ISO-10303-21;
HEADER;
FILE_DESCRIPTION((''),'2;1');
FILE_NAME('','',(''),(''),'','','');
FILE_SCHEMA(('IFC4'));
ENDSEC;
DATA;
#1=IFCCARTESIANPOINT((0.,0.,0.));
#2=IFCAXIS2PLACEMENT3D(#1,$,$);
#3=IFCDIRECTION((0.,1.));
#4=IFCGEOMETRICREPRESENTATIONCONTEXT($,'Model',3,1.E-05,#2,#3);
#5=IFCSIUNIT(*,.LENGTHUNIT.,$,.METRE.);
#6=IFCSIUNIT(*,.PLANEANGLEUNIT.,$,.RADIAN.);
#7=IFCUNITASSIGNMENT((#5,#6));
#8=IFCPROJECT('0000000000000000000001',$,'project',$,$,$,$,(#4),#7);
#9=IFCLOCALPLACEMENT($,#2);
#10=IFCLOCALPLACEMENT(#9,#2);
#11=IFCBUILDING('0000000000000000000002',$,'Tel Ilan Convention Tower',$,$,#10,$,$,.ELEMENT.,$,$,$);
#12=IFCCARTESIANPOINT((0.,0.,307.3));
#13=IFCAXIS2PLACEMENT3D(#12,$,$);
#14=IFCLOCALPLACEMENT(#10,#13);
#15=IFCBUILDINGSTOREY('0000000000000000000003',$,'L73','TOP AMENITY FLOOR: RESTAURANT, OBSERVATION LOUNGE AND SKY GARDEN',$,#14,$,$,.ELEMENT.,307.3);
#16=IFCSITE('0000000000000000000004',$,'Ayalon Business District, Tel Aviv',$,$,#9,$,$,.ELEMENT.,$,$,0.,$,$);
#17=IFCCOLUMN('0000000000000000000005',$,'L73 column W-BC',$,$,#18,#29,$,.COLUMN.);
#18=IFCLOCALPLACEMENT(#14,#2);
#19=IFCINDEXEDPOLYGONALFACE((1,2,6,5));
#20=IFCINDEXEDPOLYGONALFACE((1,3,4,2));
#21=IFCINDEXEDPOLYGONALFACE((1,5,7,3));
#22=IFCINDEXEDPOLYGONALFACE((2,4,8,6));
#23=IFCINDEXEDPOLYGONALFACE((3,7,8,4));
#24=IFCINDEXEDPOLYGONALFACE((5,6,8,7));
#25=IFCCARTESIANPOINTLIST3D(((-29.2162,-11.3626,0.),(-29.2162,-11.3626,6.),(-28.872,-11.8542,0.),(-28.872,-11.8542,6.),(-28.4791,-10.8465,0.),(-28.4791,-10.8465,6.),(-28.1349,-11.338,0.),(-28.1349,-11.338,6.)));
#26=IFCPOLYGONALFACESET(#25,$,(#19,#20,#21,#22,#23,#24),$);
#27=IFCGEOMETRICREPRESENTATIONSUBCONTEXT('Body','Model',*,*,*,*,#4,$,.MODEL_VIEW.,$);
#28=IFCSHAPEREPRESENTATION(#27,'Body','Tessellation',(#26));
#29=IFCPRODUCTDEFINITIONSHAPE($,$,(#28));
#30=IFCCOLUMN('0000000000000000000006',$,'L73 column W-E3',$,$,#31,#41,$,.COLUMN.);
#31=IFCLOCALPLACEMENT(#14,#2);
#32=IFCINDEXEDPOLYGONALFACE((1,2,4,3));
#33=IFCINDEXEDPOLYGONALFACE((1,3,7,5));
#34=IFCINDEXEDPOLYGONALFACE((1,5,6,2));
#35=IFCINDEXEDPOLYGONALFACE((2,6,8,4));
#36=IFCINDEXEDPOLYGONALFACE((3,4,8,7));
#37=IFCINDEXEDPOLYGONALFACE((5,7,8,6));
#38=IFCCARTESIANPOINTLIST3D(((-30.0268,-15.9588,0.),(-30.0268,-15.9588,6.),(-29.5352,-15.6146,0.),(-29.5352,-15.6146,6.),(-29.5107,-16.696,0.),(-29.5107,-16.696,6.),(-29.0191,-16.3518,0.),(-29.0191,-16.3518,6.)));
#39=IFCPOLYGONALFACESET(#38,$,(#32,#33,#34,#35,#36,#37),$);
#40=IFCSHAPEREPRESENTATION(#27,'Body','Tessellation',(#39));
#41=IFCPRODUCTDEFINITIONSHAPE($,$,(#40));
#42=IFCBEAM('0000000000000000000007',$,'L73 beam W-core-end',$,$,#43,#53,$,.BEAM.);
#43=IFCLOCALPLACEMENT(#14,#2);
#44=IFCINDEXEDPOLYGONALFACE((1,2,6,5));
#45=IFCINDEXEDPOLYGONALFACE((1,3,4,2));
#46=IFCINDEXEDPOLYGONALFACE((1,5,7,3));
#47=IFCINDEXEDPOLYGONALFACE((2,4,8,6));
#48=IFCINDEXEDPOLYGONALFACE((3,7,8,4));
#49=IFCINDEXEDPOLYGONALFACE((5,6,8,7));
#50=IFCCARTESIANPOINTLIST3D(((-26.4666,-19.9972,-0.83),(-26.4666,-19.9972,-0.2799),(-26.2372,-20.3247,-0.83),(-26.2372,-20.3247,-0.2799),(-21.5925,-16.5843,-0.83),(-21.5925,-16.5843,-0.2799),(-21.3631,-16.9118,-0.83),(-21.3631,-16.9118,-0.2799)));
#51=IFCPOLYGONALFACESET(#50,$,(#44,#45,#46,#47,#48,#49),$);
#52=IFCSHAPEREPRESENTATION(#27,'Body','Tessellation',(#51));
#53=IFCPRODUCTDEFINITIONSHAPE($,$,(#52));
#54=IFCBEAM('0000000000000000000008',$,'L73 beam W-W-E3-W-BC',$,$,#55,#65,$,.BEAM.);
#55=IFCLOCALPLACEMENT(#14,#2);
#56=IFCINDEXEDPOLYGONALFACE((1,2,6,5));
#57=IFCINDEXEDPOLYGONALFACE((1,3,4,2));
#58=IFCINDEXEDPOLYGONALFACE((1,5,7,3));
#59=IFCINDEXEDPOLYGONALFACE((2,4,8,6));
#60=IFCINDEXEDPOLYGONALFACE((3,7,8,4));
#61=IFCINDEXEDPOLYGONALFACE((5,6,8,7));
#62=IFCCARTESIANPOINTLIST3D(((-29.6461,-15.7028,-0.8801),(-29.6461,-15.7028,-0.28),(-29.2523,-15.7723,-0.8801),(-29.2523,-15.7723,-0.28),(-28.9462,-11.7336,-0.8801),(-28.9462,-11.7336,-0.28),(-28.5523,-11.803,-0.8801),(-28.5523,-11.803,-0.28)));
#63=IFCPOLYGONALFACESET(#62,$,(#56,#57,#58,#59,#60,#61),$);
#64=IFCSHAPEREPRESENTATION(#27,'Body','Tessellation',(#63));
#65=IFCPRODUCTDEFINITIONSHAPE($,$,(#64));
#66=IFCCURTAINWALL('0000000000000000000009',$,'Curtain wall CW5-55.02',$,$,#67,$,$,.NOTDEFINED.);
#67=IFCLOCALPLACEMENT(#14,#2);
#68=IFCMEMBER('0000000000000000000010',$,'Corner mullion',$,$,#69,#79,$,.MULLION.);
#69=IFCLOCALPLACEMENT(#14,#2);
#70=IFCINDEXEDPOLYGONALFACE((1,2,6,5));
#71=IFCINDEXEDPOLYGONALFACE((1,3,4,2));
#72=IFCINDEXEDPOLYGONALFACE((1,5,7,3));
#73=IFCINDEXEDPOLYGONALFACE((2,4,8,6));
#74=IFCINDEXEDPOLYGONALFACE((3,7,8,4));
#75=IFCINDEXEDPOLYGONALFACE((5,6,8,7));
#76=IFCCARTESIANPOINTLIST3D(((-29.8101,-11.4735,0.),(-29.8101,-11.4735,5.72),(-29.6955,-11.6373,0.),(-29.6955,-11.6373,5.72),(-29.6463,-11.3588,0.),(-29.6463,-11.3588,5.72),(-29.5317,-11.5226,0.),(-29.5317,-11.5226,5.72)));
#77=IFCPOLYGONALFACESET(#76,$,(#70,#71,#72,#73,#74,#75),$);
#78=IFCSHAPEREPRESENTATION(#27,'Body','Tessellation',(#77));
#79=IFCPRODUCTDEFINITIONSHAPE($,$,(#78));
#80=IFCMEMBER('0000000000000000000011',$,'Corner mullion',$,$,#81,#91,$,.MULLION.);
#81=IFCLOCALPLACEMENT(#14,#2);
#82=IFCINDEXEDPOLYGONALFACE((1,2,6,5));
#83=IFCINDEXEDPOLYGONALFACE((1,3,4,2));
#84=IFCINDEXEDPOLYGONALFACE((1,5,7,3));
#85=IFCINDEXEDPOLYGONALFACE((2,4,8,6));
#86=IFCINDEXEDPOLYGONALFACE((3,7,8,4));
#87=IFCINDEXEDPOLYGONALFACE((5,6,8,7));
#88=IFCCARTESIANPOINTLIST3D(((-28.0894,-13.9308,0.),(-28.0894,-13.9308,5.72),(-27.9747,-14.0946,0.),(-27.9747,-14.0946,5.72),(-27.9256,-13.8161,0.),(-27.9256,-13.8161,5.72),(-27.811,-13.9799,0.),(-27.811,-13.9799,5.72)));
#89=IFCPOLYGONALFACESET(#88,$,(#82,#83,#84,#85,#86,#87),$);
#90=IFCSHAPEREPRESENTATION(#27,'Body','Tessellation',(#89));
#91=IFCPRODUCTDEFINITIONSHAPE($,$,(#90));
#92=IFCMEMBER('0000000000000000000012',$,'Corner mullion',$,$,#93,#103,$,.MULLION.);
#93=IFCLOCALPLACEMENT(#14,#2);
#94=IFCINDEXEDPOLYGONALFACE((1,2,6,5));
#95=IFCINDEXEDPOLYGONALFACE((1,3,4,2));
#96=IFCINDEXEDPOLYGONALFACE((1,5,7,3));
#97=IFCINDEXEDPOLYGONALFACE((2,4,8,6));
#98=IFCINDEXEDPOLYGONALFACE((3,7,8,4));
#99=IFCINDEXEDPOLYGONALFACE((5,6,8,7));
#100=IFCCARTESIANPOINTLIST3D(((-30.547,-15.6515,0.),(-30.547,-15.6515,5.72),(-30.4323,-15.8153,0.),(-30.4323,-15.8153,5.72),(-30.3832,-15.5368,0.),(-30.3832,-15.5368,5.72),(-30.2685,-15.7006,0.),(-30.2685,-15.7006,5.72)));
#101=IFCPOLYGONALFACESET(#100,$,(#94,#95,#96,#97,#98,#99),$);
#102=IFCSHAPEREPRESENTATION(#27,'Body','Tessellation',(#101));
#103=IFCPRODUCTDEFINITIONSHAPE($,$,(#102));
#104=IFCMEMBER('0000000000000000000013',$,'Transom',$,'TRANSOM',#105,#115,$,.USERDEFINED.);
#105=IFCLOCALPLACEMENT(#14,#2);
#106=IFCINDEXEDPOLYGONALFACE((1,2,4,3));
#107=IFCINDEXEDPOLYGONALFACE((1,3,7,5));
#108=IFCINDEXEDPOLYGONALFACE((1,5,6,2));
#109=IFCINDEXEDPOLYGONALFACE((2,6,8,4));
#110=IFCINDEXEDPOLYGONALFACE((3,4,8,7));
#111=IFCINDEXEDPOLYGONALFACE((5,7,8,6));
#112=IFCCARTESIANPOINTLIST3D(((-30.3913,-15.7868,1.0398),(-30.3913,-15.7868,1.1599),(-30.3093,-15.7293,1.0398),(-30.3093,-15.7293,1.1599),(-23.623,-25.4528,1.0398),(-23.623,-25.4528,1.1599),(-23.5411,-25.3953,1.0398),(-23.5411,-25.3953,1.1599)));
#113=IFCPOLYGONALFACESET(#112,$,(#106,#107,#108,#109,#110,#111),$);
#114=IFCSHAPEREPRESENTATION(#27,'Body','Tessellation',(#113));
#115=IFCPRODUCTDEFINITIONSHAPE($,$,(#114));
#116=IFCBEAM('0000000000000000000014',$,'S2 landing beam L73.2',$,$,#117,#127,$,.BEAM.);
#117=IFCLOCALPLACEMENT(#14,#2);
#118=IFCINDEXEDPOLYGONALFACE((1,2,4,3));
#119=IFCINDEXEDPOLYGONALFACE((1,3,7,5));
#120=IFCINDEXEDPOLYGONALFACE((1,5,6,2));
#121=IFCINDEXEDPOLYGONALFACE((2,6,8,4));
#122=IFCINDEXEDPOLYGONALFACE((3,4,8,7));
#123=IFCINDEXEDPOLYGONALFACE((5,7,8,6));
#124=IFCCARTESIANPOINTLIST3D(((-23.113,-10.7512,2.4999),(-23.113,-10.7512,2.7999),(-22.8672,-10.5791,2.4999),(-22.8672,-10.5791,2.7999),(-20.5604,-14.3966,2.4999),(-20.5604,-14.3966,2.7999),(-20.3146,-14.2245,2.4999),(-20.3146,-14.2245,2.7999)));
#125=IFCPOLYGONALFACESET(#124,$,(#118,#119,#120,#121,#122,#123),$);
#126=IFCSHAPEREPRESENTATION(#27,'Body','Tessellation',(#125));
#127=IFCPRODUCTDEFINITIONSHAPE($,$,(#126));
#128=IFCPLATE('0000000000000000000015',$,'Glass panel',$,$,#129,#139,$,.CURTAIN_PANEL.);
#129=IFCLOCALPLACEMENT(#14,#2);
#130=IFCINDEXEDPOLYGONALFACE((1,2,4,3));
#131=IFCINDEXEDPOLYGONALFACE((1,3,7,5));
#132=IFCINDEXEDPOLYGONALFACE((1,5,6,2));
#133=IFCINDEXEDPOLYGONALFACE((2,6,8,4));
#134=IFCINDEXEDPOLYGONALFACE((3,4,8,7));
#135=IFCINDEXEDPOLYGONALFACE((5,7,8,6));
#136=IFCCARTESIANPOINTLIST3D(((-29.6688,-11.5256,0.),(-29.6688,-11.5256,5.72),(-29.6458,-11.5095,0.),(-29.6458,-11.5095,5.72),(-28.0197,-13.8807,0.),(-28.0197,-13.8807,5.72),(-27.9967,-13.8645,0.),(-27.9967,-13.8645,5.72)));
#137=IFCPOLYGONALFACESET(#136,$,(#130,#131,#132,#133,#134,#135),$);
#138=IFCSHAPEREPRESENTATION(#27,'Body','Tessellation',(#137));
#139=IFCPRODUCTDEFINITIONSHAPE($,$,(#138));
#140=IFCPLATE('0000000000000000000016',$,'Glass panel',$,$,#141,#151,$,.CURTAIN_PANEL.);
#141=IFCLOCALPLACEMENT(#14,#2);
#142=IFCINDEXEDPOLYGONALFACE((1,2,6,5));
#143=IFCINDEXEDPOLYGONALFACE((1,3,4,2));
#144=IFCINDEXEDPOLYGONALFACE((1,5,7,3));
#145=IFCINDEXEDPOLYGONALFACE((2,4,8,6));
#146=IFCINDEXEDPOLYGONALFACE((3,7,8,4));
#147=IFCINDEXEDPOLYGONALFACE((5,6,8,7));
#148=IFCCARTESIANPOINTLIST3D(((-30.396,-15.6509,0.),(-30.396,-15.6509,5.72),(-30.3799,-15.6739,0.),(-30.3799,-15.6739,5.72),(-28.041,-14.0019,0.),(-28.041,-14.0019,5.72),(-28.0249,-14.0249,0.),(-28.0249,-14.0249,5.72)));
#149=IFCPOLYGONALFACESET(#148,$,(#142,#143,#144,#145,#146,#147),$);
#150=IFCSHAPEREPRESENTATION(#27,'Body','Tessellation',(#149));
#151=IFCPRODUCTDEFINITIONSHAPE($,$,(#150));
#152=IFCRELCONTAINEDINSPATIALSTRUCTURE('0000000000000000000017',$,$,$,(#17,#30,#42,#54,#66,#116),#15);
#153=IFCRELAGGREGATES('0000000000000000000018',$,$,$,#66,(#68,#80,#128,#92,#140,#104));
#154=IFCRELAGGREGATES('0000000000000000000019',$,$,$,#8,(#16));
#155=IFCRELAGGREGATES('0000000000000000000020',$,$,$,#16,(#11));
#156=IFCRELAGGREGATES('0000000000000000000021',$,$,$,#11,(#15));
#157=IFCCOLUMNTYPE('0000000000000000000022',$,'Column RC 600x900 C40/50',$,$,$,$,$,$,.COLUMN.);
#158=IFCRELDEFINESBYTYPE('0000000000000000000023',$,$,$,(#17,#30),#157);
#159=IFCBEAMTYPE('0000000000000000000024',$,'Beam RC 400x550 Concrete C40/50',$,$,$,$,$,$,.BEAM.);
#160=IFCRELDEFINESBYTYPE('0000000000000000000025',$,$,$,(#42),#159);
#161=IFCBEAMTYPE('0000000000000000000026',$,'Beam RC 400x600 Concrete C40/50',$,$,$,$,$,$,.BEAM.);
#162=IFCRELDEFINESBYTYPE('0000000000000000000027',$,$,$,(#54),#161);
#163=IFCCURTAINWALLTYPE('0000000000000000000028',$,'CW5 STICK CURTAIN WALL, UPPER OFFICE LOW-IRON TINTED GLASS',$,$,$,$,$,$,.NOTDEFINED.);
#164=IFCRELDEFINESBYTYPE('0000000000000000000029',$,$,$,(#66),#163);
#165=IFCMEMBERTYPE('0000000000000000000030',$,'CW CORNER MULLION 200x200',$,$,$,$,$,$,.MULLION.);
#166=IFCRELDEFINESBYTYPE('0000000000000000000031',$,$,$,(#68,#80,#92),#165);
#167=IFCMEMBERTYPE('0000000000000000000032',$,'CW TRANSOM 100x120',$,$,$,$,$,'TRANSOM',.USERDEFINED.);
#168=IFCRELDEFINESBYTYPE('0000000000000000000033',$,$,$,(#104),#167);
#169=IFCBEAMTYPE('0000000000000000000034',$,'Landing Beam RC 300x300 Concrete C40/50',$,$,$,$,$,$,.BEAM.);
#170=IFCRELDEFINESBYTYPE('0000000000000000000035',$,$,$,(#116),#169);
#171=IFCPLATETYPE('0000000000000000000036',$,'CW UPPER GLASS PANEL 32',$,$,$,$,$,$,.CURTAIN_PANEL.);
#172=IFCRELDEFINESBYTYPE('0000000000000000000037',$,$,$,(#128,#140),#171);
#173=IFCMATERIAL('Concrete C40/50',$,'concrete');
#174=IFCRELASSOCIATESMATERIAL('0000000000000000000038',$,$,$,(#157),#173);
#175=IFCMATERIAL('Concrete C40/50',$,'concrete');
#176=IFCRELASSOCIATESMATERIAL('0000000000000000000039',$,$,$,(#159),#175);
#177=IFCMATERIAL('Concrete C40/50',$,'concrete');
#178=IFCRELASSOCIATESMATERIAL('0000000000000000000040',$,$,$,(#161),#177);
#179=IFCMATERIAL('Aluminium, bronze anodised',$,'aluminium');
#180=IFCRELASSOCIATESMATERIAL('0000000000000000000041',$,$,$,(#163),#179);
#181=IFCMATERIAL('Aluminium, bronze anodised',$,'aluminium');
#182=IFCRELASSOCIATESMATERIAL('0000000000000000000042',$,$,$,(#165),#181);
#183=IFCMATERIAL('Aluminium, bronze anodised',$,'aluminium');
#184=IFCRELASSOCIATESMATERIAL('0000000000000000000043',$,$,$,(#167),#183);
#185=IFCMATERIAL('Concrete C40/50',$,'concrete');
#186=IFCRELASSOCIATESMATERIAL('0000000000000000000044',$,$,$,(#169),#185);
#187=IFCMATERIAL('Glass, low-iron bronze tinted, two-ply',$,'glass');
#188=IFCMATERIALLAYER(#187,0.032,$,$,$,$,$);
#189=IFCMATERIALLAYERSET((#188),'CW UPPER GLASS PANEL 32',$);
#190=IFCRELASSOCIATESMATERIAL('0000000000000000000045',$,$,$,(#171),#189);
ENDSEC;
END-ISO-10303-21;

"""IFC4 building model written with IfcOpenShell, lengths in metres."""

from ifc_helpers import new_model, si_unit, direction, frame, origin, origin_2d, place, context, subcontext, project, spatial, rectangle, extrude, material, layer, layer_set, material_profile, profile_set, type_object, element, aggregate, save


model = new_model("IFC4")

# Units and contexts
model_context = context("Model", 3, precision=1e-05, world=origin(), true_north=direction((0.0, 1.0)))
body_context = subcontext(model_context, "Body", "Model", "MODEL_VIEW")
ifc_project = project(units=[si_unit("LENGTHUNIT", "METRE"), si_unit("PLANEANGLEUNIT", "RADIAN")], contexts=[model_context])

# Site, building, storey
site_placement = place(None, origin())
site = spatial("IfcSite", under=ifc_project, at=site_placement, Name="Ayalon Business District, Tel Aviv", CompositionType="ELEMENT", RefElevation=0.0)
building_placement = place(site_placement, origin())
building = spatial("IfcBuilding", under=site, at=building_placement, Name="Tel Ilan Convention Tower", CompositionType="ELEMENT")
storey_placement = place(building_placement, frame((0.0, 0.0, 307.3)))
storey = spatial("IfcBuildingStorey", under=building, at=storey_placement, Name="L73", Description="TOP AMENITY FLOOR: RESTAURANT, OBSERVATION LOUNGE AND SKY GARDEN", CompositionType="ELEMENT", Elevation=307.3)

# Columns
ifc_material_1 = material(Name="Concrete C40/50", Category="concrete")
ifc_material_profile_1 = material_profile(ifc_material_1, rectangle(XDim=0.8999, YDim=0.6001, at=origin_2d()), Name="RC 600x900")
ifc_profile_set_1 = profile_set([ifc_material_profile_1], Name="Concrete C40/50")
column_type = type_object("IfcColumnType", Name="Column RC 600x900 C40/50", PredefinedType="COLUMN", material=ifc_profile_set_1)
for number, where, z_axis, x_axis, name in (
    (1, (-28.6755, -11.3503, 0.0), (0.0, 0.0, 1.0), (-0.819152, -0.573576, 0.0), "L73 column W-BC"),
    (2, (-29.5229, -16.1553, 0.0), (0.0, 0.0, 1.0), (-0.573576, 0.819152, 0.0), "L73 column W-E3"),
):
    element("IfcColumn", number, at=place(storey_placement, frame(where, z_axis=z_axis, x_axis=x_axis)), inside=storey, type_object=column_type, Name=name, PredefinedType="COLUMN", context=body_context, shape_type="SweptSolid", body=[
        extrude(rectangle(XDim=0.8999, YDim=0.6001, at=origin_2d()), origin(), (0.0, 0.0, 1.0), 6.0),
    ])

# Beams
ifc_material_2 = material(Name="Concrete C40/50", Category="concrete")
ifc_material_profile_2 = material_profile(ifc_material_2, rectangle(XDim=0.3999, YDim=0.55, at=origin_2d()), Name="RC 400x550")
ifc_profile_set_2 = profile_set([ifc_material_profile_2], Name="Concrete C40/50")
beam_type_1 = type_object("IfcBeamType", Name="Beam RC 400x550 Concrete C40/50", PredefinedType="BEAM", material=ifc_profile_set_2)
beam_1_placement = place(storey_placement, frame((-21.4778, -16.748, -0.5549), z_axis=(-0.819151, -0.573578, 0.0), x_axis=(0.573578, -0.819151, 0.0)))
element("IfcBeam", 3, at=beam_1_placement, inside=storey, type_object=beam_type_1, Name="L73 beam W-core-end", PredefinedType="BEAM", context=body_context, shape_type="SweptSolid", body=[
    extrude(rectangle(XDim=0.3999, YDim=0.55, at=origin_2d()), origin(), (0.0, 0.0, 1.0), 5.9502),
])
ifc_material_3 = material(Name="Concrete C40/50", Category="concrete")
ifc_material_profile_3 = material_profile(ifc_material_3, rectangle(XDim=0.3999, YDim=0.6001, at=origin_2d()), Name="RC 400x600")
ifc_profile_set_3 = profile_set([ifc_material_profile_3], Name="Concrete C40/50")
beam_type_2 = type_object("IfcBeamType", Name="Beam RC 400x600 Concrete C40/50", PredefinedType="BEAM", material=ifc_profile_set_3)
beam_2_placement = place(storey_placement, frame((-29.4492, -15.7375, -0.5801), z_axis=(0.173664, 0.984805, 0.0), x_axis=(-0.984805, 0.173664, 0.0)))
element("IfcBeam", 4, at=beam_2_placement, inside=storey, type_object=beam_type_2, Name="L73 beam W-W-E3-W-BC", PredefinedType="BEAM", context=body_context, shape_type="SweptSolid", body=[
    extrude(rectangle(XDim=0.3999, YDim=0.6001, at=origin_2d()), origin(), (0.0, 0.0, 1.0), 4.0305),
])

# Curtain wall, members
ifc_material_4 = material(Name="Aluminium, bronze anodised", Category="aluminium")
curtain_wall_type = type_object("IfcCurtainWallType", Name="CW5 STICK CURTAIN WALL, UPPER OFFICE LOW-IRON TINTED GLASS", PredefinedType="NOTDEFINED", material=ifc_material_4)
curtain_wall_placement = place(storey_placement, origin())
curtain_wall = element("IfcCurtainWall", 5, at=curtain_wall_placement, inside=storey, type_object=curtain_wall_type, Name="Curtain wall CW5-55.02", PredefinedType="NOTDEFINED")
ifc_material_5 = material(Name="Aluminium, bronze anodised", Category="aluminium")
ifc_material_profile_4 = material_profile(ifc_material_5, rectangle(XDim=0.2, YDim=0.2, at=origin_2d()), Name="CW CORNER MULLION 200x200")
ifc_profile_set_4 = profile_set([ifc_material_profile_4], Name="Aluminium, bronze anodised")
member_type_1 = type_object("IfcMemberType", Name="CW CORNER MULLION 200x200", PredefinedType="MULLION", material=ifc_profile_set_4)
member_1_placement = place(storey_placement, frame((-29.6709, -11.498, 0.0), z_axis=(0.0, 0.0, 1.0), x_axis=(-0.819152, -0.573576, 0.0)))
member_1 = element("IfcMember", 6, at=member_1_placement, type_object=member_type_1, Name="Corner mullion", PredefinedType="MULLION", context=body_context, shape_type="SweptSolid", body=[
    extrude(rectangle(XDim=0.2, YDim=0.2, at=origin_2d()), origin(), (0.0, 0.0, 1.0), 5.72),
])
member_2_placement = place(storey_placement, frame((-27.9502, -13.9553, 0.0), z_axis=(0.0, 0.0, 1.0), x_axis=(0.573576, -0.819152, 0.0)))
member_2 = element("IfcMember", 7, at=member_2_placement, type_object=member_type_1, Name="Corner mullion", PredefinedType="MULLION", context=body_context, shape_type="SweptSolid", body=[
    extrude(rectangle(XDim=0.2, YDim=0.2, at=origin_2d()), origin(), (0.0, 0.0, 1.0), 5.72),
])
member_3_placement = place(storey_placement, frame((-30.4077, -15.676, 0.0), z_axis=(0.0, 0.0, 1.0), x_axis=(-0.819152, -0.573576, 0.0)))
member_3 = element("IfcMember", 8, at=member_3_placement, type_object=member_type_1, Name="Corner mullion", PredefinedType="MULLION", context=body_context, shape_type="SweptSolid", body=[
    extrude(rectangle(XDim=0.2, YDim=0.2, at=origin_2d()), origin(), (0.0, 0.0, 1.0), 5.72),
])
ifc_material_6 = material(Name="Aluminium, bronze anodised", Category="aluminium")
ifc_material_profile_5 = material_profile(ifc_material_6, rectangle(XDim=0.1001, YDim=0.1201, at=origin_2d()), Name="CW TRANSOM 100x120")
ifc_profile_set_5 = profile_set([ifc_material_profile_5], Name="Aluminium, bronze anodised")
member_type_2 = type_object("IfcMemberType", Name="CW TRANSOM 100x120", ElementType="TRANSOM", PredefinedType="USERDEFINED", material=ifc_profile_set_5)
member_4_placement = place(storey_placement, frame((-30.3503, -15.7581, 1.0999), z_axis=(0.573582, -0.819148, 0.0), x_axis=(0.819148, 0.573582, 0.0)))
member_4 = element("IfcMember", 9, at=member_4_placement, type_object=member_type_2, Name="Transom", ObjectType="TRANSOM", PredefinedType="USERDEFINED", context=body_context, shape_type="SweptSolid", body=[
    extrude(rectangle(XDim=0.1001, YDim=0.1201, at=origin_2d()), origin(), (0.0, 0.0, 1.0), 11.8),
])

# Beam
ifc_material_7 = material(Name="Concrete C40/50", Category="concrete")
ifc_material_profile_6 = material_profile(ifc_material_7, rectangle(XDim=0.3, YDim=0.3, at=origin_2d()), Name="RC 300x300")
ifc_profile_set_6 = profile_set([ifc_material_profile_6], Name="Concrete C40/50")
beam_type_3 = type_object("IfcBeamType", Name="Landing Beam RC 300x300 Concrete C40/50", PredefinedType="BEAM", material=ifc_profile_set_6)
beam_3_placement = place(storey_placement, frame((-20.4375, -14.3105, 2.6499), z_axis=(-0.573584, 0.819147, 0.0), x_axis=(-0.819147, -0.573584, 0.0)))
element("IfcBeam", 10, at=beam_3_placement, inside=storey, type_object=beam_type_3, Name="S2 landing beam L73.2", PredefinedType="BEAM", context=body_context, shape_type="SweptSolid", body=[
    extrude(rectangle(XDim=0.3, YDim=0.3, at=origin_2d()), origin(), (0.0, 0.0, 1.0), 4.4502),
])

# Plates
ifc_material_8 = material(Name="Glass, low-iron bronze tinted, two-ply", Category="glass")
ifc_layer_1 = layer(ifc_material_8, 0.032)
ifc_layer_set_1 = layer_set([ifc_layer_1], Name="CW UPPER GLASS PANEL 32")
plate_type = type_object("IfcPlateType", Name="CW UPPER GLASS PANEL 32", PredefinedType="CURTAIN_PANEL", material=ifc_layer_set_1)
plate_1_placement = place(storey_placement, frame((-28.8328, -12.6951, 0.0), z_axis=(0.0, 0.0, 1.0), x_axis=(0.573576, -0.819152, 0.0)))
plate_1 = element("IfcPlate", 11, at=plate_1_placement, type_object=plate_type, Name="Glass panel", PredefinedType="CURTAIN_PANEL", context=body_context, shape_type="SweptSolid", body=[
    extrude(rectangle(XDim=2.875, YDim=0.0281, at=origin_2d()), origin(), (0.0, 0.0, 1.0), 5.72),
])
plate_2_placement = place(storey_placement, frame((-29.2104, -14.8379, 0.0), z_axis=(0.0, 0.0, 1.0), x_axis=(-0.819152, -0.573576, 0.0)))
plate_2 = element("IfcPlate", 12, at=plate_2_placement, type_object=plate_type, Name="Glass panel", PredefinedType="CURTAIN_PANEL", context=body_context, shape_type="SweptSolid", body=[
    extrude(rectangle(XDim=2.875, YDim=0.0281, at=origin_2d()), origin(), (0.0, 0.0, 1.0), 5.72),
])
aggregate(curtain_wall, [member_1, member_2, plate_1, member_3, plate_2, member_4])

save(model, "model.ifc")
